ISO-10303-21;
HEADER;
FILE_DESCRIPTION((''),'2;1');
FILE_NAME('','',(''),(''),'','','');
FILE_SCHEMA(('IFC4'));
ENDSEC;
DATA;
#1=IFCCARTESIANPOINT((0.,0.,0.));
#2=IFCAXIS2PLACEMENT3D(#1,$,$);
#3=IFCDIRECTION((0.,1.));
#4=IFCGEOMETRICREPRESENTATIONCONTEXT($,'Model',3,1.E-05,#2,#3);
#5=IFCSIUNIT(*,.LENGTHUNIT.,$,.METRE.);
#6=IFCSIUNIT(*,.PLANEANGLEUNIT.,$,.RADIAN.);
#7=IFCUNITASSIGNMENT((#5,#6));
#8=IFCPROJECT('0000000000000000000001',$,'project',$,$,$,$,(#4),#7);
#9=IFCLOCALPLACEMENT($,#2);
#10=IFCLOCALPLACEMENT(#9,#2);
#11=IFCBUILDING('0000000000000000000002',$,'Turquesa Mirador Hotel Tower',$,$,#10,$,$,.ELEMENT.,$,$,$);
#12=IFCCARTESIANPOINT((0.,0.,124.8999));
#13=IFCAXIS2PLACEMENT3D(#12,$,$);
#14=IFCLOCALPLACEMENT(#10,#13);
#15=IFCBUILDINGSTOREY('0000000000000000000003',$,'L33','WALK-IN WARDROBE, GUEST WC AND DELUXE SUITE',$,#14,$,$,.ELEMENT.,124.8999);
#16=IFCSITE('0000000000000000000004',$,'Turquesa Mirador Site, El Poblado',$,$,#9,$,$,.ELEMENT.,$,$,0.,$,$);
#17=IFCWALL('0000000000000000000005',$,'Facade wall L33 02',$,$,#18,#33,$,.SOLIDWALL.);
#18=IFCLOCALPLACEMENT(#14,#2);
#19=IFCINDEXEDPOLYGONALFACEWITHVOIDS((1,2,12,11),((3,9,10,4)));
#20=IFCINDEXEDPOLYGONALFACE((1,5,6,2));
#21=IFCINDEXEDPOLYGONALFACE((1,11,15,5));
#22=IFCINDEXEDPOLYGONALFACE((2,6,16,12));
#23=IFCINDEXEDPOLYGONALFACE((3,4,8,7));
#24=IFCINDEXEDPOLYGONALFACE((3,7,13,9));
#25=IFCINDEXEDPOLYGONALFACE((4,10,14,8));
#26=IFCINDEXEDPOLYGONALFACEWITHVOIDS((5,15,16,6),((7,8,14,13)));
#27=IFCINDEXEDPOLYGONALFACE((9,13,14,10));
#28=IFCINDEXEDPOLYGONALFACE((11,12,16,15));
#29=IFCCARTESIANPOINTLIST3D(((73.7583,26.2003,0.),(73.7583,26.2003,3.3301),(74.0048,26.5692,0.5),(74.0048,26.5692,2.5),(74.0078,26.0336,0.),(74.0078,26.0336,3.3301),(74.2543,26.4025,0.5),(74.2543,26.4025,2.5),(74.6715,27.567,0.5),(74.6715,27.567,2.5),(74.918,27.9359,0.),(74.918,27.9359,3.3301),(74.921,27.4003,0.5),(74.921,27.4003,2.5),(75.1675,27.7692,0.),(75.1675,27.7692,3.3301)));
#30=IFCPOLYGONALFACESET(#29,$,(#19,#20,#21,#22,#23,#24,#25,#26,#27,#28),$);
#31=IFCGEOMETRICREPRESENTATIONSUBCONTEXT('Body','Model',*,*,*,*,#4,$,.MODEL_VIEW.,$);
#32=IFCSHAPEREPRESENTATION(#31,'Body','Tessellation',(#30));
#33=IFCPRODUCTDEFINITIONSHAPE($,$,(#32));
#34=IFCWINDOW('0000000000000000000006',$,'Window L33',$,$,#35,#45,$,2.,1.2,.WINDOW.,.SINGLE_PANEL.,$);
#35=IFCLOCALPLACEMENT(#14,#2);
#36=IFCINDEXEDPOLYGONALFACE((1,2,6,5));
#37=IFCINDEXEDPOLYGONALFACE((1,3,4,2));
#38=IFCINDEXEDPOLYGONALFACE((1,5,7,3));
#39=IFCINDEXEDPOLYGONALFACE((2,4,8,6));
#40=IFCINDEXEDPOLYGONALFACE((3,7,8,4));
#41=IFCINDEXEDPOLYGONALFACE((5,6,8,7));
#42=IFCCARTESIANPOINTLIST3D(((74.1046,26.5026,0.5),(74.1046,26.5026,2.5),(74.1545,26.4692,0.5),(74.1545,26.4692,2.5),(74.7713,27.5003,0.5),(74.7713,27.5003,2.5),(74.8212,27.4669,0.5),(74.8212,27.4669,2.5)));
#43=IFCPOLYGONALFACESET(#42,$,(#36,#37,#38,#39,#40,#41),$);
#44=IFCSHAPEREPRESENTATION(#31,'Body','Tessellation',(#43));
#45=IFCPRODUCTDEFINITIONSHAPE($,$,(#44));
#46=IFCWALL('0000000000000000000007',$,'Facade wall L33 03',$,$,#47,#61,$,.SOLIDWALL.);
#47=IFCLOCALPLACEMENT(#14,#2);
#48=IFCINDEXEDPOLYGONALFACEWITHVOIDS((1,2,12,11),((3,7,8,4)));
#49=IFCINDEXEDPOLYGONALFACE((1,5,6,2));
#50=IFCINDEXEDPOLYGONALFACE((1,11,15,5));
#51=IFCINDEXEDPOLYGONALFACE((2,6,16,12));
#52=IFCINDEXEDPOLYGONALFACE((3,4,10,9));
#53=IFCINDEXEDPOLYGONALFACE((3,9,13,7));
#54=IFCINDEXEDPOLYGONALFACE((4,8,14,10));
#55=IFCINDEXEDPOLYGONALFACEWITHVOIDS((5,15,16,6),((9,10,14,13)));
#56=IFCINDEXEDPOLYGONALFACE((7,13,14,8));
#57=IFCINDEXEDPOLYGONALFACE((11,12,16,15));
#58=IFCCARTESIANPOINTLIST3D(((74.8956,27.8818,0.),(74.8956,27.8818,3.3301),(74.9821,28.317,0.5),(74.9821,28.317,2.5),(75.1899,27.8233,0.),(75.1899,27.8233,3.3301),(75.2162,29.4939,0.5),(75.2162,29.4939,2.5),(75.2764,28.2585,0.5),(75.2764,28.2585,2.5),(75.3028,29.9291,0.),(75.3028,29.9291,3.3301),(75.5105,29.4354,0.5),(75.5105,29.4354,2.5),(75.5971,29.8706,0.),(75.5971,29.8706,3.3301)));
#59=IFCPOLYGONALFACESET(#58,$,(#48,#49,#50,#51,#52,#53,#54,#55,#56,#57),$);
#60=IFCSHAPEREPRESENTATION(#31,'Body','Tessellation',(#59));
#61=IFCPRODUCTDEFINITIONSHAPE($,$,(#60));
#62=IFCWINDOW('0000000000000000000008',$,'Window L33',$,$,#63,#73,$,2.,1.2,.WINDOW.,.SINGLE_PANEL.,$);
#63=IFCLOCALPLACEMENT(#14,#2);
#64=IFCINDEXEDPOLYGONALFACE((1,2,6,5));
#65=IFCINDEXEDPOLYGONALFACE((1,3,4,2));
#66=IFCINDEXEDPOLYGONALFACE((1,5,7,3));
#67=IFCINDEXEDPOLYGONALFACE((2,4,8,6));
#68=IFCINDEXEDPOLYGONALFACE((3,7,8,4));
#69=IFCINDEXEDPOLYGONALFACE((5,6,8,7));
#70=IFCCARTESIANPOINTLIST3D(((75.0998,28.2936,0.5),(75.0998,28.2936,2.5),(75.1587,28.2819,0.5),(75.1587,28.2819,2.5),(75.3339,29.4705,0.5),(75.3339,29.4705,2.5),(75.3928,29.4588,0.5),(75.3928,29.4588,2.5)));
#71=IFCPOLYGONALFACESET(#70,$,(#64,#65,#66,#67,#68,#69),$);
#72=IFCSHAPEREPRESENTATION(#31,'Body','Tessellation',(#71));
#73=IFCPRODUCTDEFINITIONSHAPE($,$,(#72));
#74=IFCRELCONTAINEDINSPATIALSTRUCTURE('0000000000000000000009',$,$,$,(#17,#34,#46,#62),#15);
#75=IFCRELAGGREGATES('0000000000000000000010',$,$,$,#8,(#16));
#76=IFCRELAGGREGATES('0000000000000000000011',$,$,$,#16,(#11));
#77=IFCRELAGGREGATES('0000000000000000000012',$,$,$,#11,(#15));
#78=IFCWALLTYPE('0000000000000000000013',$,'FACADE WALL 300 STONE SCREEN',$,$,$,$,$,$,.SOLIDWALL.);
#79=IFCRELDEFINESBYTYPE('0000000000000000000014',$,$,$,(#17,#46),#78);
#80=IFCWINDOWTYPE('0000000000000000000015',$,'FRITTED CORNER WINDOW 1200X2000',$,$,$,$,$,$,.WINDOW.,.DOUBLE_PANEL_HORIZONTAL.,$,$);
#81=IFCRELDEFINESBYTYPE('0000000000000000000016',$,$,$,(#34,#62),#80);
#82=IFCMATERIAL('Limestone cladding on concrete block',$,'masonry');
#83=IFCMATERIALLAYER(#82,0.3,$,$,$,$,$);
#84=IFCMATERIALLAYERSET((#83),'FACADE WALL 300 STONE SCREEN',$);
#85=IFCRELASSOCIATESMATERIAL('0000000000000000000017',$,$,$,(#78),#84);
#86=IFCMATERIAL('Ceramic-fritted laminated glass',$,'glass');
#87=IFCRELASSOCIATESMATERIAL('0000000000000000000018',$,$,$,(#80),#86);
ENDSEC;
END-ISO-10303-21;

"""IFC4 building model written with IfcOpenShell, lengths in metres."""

from ifc_helpers import new_model, si_unit, direction, frame, frame_2d, origin, place, context, subcontext, project, spatial, rectangle, extrude, material, layer, layer_set, type_object, element, fill, save


model = new_model("IFC4")

# Units and contexts
model_context = context("Model", 3, precision=1e-05, world=origin(), true_north=direction((0.0, 1.0)))
body_context = subcontext(model_context, "Body", "Model", "MODEL_VIEW")
ifc_project = project(units=[si_unit("LENGTHUNIT", "METRE"), si_unit("PLANEANGLEUNIT", "RADIAN")], contexts=[model_context])

# Site, building, storey
site_placement = place(None, origin())
site = spatial("IfcSite", under=ifc_project, at=site_placement, Name="Turquesa Mirador Site, El Poblado", CompositionType="ELEMENT", RefElevation=0.0)
building_placement = place(site_placement, origin())
building = spatial("IfcBuilding", under=site, at=building_placement, Name="Turquesa Mirador Hotel Tower", CompositionType="ELEMENT")
storey_placement = place(building_placement, frame((0.0, 0.0, 124.8999)))
storey = spatial("IfcBuildingStorey", under=building, at=storey_placement, Name="L33", Description="WALK-IN WARDROBE, GUEST WC AND DELUXE SUITE", CompositionType="ELEMENT", Elevation=124.8999)

# Walls, openings, windows
ifc_material_1 = material(Name="Limestone cladding on concrete block", Category="masonry")
ifc_layer = layer(ifc_material_1, 0.3)
ifc_layer_set = layer_set([ifc_layer], Name="FACADE WALL 300 STONE SCREEN")
wall_type = type_object("IfcWallType", Name="FACADE WALL 300 STONE SCREEN", PredefinedType="SOLIDWALL", material=ifc_layer_set)
ifc_material_2 = material(Name="Ceramic-fritted laminated glass", Category="glass")
window_type_1 = type_object("IfcWindowType", Name="FRITTED CORNER WINDOW 1200X2000", PartitioningType="DOUBLE_PANEL_HORIZONTAL", PredefinedType="WINDOW", material=ifc_material_2)
wall_1_placement = place(storey_placement, frame((73.8831, 26.1169, 0.0), z_axis=(0.0, 0.0, 1.0), x_axis=(0.555564, 0.831474, 0.0)))
wall_1 = element("IfcWall", 1, at=wall_1_placement, inside=storey, type_object=wall_type, Name="Facade wall L33 02", PredefinedType="SOLIDWALL", context=body_context, shape_type="SweptSolid", body=[
    extrude(rectangle(XDim=2.0874, YDim=0.3, at=frame_2d((1.0437, 0.0))), origin(), (0.0, 0.0, 1.0), 3.3301),
])
opening_1_placement = place(wall_1_placement, frame((0.4436, 0.0, 0.5)))
opening_1 = element("IfcOpeningElement", 2, at=opening_1_placement, cuts=wall_1, PredefinedType="OPENING", context=body_context, shape_type="SweptSolid", body=[
    extrude(rectangle(XDim=1.2, YDim=2.0, at=frame_2d((0.6001, 1.0))), frame((0.0, 0.1599, 0.0), z_axis=(0.0, -1.0, 0.0), x_axis=(1.0, 0.0, 0.0)), (0.0, 0.0, 1.0), 0.3201),
])
window_1_placement = place(opening_1_placement, origin())
window_1 = element("IfcWindow", 3, at=window_1_placement, inside=storey, type_object=window_type_1, Name="Window L33", OverallHeight=2.0, OverallWidth=1.2, PartitioningType="SINGLE_PANEL", PredefinedType="WINDOW", context=body_context, shape_type="SweptSolid", body=[
    extrude(rectangle(XDim=1.2, YDim=2.0, at=frame_2d((0.6001, 1.0))), frame((0.0, 0.03, 0.0), z_axis=(0.0, -1.0, 0.0), x_axis=(1.0, 0.0, 0.0)), (0.0, 0.0, 1.0), 0.0601),
])
fill(opening_1, window_1)
wall_2_placement = place(storey_placement, frame((75.0427, 27.8525, 0.0), z_axis=(0.0, 0.0, 1.0), x_axis=(0.195081, 0.980787, 0.0)))
wall_2 = element("IfcWall", 4, at=wall_2_placement, inside=storey, type_object=wall_type, Name="Facade wall L33 03", PredefinedType="SOLIDWALL", context=body_context, shape_type="SweptSolid", body=[
    extrude(rectangle(XDim=2.0874, YDim=0.3, at=frame_2d((1.0437, 0.0))), origin(), (0.0, 0.0, 1.0), 3.3301),
])
opening_2_placement = place(wall_2_placement, frame((0.4436, 0.0, 0.5)))
opening_2 = element("IfcOpeningElement", 5, at=opening_2_placement, cuts=wall_2, PredefinedType="OPENING", context=body_context, shape_type="SweptSolid", body=[
    extrude(rectangle(XDim=1.2, YDim=2.0, at=frame_2d((0.6001, 1.0))), frame((0.0, 0.1599, 0.0), z_axis=(0.0, -1.0, 0.0), x_axis=(1.0, 0.0, 0.0)), (0.0, 0.0, 1.0), 0.3201),
])
window_2_placement = place(opening_2_placement, origin())
window_2 = element("IfcWindow", 6, at=window_2_placement, inside=storey, type_object=window_type_1, Name="Window L33", OverallHeight=2.0, OverallWidth=1.2, PartitioningType="SINGLE_PANEL", PredefinedType="WINDOW", context=body_context, shape_type="SweptSolid", body=[
    extrude(rectangle(XDim=1.2, YDim=2.0, at=frame_2d((0.6001, 1.0))), frame((0.0, 0.03, 0.0), z_axis=(0.0, -1.0, 0.0), x_axis=(1.0, 0.0, 0.0)), (0.0, 0.0, 1.0), 0.0601),
])
fill(opening_2, window_2)

save(model, "model.ifc")
